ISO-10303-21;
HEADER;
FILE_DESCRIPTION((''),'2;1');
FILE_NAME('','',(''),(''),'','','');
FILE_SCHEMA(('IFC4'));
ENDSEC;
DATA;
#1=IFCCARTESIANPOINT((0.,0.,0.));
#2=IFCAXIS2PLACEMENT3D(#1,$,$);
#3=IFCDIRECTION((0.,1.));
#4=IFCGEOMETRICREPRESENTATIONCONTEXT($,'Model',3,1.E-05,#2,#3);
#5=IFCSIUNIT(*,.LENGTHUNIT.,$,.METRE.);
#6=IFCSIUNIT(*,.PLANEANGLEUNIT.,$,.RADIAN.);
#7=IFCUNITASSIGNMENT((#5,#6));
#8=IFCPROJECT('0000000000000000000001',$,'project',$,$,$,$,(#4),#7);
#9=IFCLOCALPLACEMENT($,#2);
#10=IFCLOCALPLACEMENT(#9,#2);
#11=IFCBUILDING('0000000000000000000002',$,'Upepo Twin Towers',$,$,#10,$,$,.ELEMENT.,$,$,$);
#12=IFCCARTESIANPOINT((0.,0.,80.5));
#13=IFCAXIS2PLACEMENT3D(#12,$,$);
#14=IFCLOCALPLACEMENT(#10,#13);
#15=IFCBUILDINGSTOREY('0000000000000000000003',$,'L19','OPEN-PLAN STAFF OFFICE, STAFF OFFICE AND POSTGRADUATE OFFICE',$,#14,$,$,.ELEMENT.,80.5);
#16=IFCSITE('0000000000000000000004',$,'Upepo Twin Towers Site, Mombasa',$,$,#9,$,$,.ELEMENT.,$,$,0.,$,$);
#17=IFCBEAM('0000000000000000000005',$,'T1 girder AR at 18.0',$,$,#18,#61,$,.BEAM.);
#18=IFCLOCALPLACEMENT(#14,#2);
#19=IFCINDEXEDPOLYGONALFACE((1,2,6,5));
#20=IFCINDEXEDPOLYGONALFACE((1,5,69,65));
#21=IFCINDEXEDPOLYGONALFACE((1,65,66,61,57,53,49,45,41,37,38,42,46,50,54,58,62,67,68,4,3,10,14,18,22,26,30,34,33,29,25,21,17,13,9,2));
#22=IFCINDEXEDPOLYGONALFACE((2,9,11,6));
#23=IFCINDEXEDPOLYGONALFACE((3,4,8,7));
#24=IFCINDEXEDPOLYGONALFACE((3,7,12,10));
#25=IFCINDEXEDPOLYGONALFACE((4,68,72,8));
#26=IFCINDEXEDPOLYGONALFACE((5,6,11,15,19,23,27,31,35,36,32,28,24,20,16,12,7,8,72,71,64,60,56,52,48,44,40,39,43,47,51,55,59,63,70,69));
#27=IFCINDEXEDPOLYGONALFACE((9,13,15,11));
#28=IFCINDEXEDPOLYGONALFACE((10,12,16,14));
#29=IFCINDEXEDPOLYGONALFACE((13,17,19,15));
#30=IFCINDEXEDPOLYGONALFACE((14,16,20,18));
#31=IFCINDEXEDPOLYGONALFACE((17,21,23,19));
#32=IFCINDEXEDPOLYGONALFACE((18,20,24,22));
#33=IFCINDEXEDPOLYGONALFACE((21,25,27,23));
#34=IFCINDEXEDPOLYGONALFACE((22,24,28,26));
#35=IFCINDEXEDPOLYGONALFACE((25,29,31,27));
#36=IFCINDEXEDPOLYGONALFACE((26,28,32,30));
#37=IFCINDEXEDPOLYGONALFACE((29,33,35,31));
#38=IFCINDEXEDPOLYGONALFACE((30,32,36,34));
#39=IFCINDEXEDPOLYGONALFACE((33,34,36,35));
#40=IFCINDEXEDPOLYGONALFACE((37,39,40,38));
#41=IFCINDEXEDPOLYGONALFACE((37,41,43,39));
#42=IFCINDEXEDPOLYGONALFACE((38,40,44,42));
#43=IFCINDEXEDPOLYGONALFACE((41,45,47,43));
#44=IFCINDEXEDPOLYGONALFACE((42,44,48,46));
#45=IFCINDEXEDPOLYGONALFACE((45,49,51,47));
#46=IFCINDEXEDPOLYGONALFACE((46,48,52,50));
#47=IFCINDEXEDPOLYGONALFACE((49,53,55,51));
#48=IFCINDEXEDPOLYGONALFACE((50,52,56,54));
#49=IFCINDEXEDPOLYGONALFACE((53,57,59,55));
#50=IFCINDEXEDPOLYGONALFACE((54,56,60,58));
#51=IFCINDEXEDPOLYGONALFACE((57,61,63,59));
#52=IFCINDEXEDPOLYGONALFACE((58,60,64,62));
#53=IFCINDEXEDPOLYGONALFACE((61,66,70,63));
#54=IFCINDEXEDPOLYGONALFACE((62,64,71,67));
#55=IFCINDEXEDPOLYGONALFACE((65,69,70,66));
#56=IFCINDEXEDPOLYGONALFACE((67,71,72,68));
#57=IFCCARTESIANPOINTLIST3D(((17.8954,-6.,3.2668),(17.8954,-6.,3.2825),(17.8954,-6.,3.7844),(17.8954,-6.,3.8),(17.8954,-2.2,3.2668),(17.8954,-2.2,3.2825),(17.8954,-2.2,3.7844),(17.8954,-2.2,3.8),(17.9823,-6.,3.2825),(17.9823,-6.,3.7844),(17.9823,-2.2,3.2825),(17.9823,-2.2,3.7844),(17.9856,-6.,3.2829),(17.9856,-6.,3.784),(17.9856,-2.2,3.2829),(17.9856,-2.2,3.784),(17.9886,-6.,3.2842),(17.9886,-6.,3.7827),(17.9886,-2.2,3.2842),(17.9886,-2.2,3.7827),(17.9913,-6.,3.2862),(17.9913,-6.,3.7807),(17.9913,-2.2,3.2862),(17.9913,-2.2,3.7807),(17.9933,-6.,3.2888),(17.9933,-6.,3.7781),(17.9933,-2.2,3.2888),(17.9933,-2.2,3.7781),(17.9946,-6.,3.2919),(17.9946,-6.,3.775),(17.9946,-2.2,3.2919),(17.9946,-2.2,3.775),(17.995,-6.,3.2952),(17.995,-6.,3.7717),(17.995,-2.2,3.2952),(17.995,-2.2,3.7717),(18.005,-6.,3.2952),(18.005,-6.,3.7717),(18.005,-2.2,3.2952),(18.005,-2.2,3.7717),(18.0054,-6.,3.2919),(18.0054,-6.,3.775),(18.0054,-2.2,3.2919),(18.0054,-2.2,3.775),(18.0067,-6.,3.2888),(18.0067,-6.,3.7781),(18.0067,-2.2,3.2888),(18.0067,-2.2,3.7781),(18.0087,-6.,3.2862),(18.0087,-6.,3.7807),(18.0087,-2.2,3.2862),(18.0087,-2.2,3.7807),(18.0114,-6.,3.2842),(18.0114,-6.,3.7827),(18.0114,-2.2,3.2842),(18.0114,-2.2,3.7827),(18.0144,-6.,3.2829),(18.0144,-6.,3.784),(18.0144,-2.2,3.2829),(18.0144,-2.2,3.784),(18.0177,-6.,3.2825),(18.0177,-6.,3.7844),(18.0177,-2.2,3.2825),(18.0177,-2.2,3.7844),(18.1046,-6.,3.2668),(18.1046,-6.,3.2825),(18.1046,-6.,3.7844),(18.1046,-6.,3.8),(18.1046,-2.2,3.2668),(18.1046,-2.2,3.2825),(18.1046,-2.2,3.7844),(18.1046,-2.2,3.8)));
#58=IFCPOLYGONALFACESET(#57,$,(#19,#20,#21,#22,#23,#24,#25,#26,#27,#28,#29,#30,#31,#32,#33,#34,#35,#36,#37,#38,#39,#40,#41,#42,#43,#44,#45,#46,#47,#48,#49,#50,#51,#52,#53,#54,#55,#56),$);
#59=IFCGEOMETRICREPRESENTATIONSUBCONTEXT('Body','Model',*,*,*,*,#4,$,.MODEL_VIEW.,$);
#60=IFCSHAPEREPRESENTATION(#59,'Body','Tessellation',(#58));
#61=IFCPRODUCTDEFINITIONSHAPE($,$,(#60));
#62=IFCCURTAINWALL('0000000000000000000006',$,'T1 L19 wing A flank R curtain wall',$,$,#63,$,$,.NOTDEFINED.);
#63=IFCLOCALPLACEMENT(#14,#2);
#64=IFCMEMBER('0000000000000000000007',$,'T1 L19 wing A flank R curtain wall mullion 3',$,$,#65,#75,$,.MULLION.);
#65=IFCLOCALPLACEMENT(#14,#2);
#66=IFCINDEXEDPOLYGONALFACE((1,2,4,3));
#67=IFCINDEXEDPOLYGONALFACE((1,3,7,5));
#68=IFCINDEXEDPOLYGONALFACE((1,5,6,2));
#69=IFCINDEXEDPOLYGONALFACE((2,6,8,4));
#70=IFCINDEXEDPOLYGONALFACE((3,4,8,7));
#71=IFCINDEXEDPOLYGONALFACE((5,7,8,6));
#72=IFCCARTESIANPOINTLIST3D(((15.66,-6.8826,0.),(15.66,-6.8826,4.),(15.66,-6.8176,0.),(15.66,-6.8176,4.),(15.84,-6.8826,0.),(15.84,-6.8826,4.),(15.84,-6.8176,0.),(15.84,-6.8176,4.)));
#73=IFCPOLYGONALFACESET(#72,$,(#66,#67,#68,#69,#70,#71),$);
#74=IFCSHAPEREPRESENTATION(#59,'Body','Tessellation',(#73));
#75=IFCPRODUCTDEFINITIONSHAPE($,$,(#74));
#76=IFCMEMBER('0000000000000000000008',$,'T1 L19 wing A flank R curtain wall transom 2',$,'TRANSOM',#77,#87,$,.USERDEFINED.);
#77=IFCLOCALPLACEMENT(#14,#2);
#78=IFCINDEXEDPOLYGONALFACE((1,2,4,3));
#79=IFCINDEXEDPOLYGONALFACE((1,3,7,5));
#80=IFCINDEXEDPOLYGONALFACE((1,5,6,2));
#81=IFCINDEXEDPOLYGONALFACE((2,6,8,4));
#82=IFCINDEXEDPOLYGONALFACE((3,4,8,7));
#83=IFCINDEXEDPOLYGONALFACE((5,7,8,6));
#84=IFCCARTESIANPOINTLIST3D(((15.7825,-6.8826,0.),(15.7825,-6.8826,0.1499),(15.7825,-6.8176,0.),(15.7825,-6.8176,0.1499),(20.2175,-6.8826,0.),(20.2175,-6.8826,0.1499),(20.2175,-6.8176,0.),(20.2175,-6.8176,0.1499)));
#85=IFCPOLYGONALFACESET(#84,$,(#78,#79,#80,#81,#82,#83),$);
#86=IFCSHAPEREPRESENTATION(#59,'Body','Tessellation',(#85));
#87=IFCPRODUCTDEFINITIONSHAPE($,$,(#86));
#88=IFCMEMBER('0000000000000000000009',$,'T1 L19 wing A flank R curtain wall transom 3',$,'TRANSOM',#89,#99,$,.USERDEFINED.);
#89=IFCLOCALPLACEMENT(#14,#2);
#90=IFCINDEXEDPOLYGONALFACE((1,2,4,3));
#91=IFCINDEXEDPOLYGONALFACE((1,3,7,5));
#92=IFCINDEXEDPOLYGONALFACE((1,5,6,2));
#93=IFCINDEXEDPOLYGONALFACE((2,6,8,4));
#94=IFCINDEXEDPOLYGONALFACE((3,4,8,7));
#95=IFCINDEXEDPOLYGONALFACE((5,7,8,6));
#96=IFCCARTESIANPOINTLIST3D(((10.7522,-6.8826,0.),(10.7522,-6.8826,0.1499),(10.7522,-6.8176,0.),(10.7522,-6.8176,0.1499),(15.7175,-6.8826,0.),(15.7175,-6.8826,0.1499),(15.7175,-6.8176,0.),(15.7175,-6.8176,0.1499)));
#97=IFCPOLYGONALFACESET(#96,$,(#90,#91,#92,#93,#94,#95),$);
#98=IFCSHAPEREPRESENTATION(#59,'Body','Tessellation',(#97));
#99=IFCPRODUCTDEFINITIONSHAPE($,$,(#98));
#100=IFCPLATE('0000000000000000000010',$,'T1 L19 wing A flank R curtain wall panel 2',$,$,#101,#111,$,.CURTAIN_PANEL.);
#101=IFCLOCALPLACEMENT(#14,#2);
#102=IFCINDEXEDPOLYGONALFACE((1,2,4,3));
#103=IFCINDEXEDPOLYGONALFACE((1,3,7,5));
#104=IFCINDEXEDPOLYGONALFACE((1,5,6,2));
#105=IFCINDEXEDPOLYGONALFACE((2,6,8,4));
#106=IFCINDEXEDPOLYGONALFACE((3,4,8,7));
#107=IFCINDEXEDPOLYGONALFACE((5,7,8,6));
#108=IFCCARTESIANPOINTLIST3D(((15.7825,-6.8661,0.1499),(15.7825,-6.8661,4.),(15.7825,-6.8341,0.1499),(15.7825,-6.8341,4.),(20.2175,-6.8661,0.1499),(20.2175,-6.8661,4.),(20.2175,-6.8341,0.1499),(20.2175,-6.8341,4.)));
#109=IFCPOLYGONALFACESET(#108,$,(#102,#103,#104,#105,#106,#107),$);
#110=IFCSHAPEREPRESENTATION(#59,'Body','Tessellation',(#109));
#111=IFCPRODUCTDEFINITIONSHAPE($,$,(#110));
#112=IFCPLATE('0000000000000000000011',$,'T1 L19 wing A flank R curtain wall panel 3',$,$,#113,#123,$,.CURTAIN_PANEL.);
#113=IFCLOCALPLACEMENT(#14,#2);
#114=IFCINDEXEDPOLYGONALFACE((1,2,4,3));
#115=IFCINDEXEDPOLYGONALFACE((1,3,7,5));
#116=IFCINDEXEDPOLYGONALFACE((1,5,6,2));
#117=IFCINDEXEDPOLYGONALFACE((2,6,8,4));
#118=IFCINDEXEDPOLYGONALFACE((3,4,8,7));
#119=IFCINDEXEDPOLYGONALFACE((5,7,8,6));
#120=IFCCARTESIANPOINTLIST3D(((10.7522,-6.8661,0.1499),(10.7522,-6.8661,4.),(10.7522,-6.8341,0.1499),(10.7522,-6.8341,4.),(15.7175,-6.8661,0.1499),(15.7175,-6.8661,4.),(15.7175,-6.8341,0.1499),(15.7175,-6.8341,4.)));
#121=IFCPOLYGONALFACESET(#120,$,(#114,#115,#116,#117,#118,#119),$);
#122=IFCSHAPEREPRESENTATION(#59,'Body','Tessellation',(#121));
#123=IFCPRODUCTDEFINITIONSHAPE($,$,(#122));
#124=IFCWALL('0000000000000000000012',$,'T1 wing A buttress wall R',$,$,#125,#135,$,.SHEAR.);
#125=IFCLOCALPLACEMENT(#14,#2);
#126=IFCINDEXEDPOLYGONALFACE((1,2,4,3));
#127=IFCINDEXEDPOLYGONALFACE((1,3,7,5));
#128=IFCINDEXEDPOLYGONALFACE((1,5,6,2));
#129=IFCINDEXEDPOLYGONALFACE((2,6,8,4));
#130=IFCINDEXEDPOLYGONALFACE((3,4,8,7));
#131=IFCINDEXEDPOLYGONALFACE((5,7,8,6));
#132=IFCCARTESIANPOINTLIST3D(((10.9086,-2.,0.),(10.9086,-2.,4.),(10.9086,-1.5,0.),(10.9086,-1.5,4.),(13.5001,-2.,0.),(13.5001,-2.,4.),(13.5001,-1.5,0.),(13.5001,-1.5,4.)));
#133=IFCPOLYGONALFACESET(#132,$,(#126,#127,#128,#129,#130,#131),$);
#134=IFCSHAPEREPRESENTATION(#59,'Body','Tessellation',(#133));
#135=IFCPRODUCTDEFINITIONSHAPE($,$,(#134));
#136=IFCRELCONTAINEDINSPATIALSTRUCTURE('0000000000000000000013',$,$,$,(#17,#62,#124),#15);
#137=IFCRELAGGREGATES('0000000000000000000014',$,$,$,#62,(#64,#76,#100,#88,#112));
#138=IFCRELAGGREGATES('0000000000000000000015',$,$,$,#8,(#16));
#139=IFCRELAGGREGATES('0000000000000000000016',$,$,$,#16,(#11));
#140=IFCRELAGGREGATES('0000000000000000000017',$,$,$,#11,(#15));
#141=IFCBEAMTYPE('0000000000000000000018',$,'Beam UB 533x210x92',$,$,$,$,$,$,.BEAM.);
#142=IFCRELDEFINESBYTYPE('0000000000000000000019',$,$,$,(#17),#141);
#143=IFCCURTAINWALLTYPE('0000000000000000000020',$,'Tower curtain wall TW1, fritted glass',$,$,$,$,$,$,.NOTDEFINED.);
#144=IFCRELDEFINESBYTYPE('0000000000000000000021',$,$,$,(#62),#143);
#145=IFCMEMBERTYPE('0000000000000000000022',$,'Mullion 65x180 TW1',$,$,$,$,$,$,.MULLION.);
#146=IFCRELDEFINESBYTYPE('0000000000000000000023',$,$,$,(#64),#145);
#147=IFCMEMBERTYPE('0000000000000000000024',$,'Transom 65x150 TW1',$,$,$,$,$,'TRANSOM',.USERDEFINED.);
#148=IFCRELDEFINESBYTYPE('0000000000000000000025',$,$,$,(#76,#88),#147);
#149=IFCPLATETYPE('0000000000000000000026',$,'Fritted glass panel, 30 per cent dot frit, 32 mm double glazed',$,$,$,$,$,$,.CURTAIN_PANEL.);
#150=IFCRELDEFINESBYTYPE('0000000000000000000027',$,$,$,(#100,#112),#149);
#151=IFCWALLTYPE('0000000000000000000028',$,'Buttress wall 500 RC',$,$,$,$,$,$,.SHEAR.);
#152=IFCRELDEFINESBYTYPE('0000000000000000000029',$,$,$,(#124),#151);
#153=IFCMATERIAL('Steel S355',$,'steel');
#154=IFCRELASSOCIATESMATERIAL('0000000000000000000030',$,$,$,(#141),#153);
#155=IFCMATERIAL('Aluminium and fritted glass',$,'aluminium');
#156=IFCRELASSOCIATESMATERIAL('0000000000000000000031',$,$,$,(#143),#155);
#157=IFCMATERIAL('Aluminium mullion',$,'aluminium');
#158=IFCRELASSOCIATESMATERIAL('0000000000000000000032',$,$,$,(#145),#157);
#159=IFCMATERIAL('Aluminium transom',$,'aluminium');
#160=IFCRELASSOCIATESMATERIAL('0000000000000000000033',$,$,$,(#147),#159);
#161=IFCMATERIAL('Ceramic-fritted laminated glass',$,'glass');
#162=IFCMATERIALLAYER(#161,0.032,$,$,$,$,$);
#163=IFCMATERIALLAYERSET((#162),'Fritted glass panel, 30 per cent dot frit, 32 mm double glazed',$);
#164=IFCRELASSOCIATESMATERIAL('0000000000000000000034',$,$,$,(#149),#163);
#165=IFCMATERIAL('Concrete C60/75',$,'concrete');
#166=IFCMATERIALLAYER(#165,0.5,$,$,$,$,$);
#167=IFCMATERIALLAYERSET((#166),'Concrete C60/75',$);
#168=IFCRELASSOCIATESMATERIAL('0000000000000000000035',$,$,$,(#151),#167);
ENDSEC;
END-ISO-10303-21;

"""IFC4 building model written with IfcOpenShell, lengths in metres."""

from ifc_helpers import new_model, si_unit, direction, frame, frame_2d, origin, origin_2d, place, context, subcontext, project, spatial, rectangle, i_section, extrude, material, layer, layer_set, material_profile, profile_set, type_object, element, aggregate, save


model = new_model("IFC4")

# Units and contexts
model_context = context("Model", 3, precision=1e-05, world=origin(), true_north=direction((0.0, 1.0)))
body_context = subcontext(model_context, "Body", "Model", "MODEL_VIEW")
ifc_project = project(units=[si_unit("LENGTHUNIT", "METRE"), si_unit("PLANEANGLEUNIT", "RADIAN")], contexts=[model_context])

# Site, building, storey
site_placement = place(None, origin())
site = spatial("IfcSite", under=ifc_project, at=site_placement, Name="Upepo Twin Towers Site, Mombasa", CompositionType="ELEMENT", RefElevation=0.0)
building_placement = place(site_placement, origin())
building = spatial("IfcBuilding", under=site, at=building_placement, Name="Upepo Twin Towers", CompositionType="ELEMENT")
storey_placement = place(building_placement, frame((0.0, 0.0, 80.5)))
storey = spatial("IfcBuildingStorey", under=building, at=storey_placement, Name="L19", Description="OPEN-PLAN STAFF OFFICE, STAFF OFFICE AND POSTGRADUATE OFFICE", CompositionType="ELEMENT", Elevation=80.5)

# Beam
ifc_material_1 = material(Name="Steel S355", Category="steel")
ifc_material_profile_1 = material_profile(ifc_material_1, i_section(OverallWidth=0.2092, OverallDepth=0.5332, WebThickness=0.01, FlangeThickness=0.0156, FilletRadius=0.0127, at=origin_2d()), Name="UB 533x210x92")
ifc_profile_set_1 = profile_set([ifc_material_profile_1], Name="Steel S355")
beam_type_1 = type_object("IfcBeamType", Name="Beam UB 533x210x92", PredefinedType="BEAM", material=ifc_profile_set_1)
for number, where, z_axis, x_axis, name in (
    (1, (18.0, -6.0, 3.5334), (0.0, 1.0, 0.0), (-1.0, 0.0, 0.0), "T1 girder AR at 18.0"),
):
    element("IfcBeam", number, at=place(storey_placement, frame(where, z_axis=z_axis, x_axis=x_axis)), inside=storey, type_object=beam_type_1, Name=name, PredefinedType="BEAM", context=body_context, shape_type="SweptSolid", body=[
        extrude(i_section(OverallWidth=0.2092, OverallDepth=0.5332, WebThickness=0.01, FlangeThickness=0.0156, FilletRadius=0.0127, at=origin_2d()), origin(), (0.0, 0.0, 1.0), 3.8),
    ])

# Curtain wall, members, plates
ifc_material_2 = material(Name="Aluminium and fritted glass", Category="aluminium")
curtain_wall_type = type_object("IfcCurtainWallType", Name="Tower curtain wall TW1, fritted glass", PredefinedType="NOTDEFINED", material=ifc_material_2)
curtain_wall_placement = place(storey_placement, origin())
curtain_wall = element("IfcCurtainWall", 2, at=curtain_wall_placement, inside=storey, type_object=curtain_wall_type, Name="T1 L19 wing A flank R curtain wall", PredefinedType="NOTDEFINED")
ifc_material_3 = material(Name="Aluminium mullion", Category="aluminium")
ifc_material_profile_2 = material_profile(ifc_material_3, rectangle(XDim=0.0649, YDim=0.1799, at=origin_2d()), Name="MULLION 65x180")
ifc_profile_set_2 = profile_set([ifc_material_profile_2], Name="Aluminium mullion")
member_type_1 = type_object("IfcMemberType", Name="Mullion 65x180 TW1", PredefinedType="MULLION", material=ifc_profile_set_2)
member_1_placement = place(storey_placement, frame((15.75, -6.8501, 0.0), z_axis=(0.0, 0.0, 1.0), x_axis=(0.0, -1.0, 0.0)))
member_1 = element("IfcMember", 3, at=member_1_placement, type_object=member_type_1, Name="T1 L19 wing A flank R curtain wall mullion 3", PredefinedType="MULLION", context=body_context, shape_type="SweptSolid", body=[
    extrude(rectangle(XDim=0.0649, YDim=0.1799, at=origin_2d()), origin(), (0.0, 0.0, 1.0), 4.0),
])
ifc_material_4 = material(Name="Aluminium transom", Category="aluminium")
ifc_material_profile_3 = material_profile(ifc_material_4, rectangle(XDim=0.0649, YDim=0.1499, at=origin_2d()), Name="TRANSOM 65x150")
ifc_profile_set_3 = profile_set([ifc_material_profile_3], Name="Aluminium transom")
member_type_2 = type_object("IfcMemberType", Name="Transom 65x150 TW1", ElementType="TRANSOM", PredefinedType="USERDEFINED", material=ifc_profile_set_3)
member_2_placement = place(storey_placement, frame((20.2175, -6.8501, 0.075), z_axis=(-1.0, 0.0, 0.0), x_axis=(0.0, -1.0, 0.0)))
member_2 = element("IfcMember", 4, at=member_2_placement, type_object=member_type_2, Name="T1 L19 wing A flank R curtain wall transom 2", ObjectType="TRANSOM", PredefinedType="USERDEFINED", context=body_context, shape_type="SweptSolid", body=[
    extrude(rectangle(XDim=0.0649, YDim=0.1499, at=origin_2d()), origin(), (0.0, 0.0, 1.0), 4.4351),
])
member_3_placement = place(storey_placement, frame((15.7175, -6.8501, 0.075), z_axis=(-1.0, 0.0, 0.0), x_axis=(0.0, -1.0, 0.0)))
member_3 = element("IfcMember", 5, at=member_3_placement, type_object=member_type_2, Name="T1 L19 wing A flank R curtain wall transom 3", ObjectType="TRANSOM", PredefinedType="USERDEFINED", context=body_context, shape_type="SweptSolid", body=[
    extrude(rectangle(XDim=0.0649, YDim=0.1499, at=origin_2d()), origin(), (0.0, 0.0, 1.0), 4.9653),
])
ifc_material_5 = material(Name="Ceramic-fritted laminated glass", Category="glass")
ifc_layer_1 = layer(ifc_material_5, 0.032)
ifc_layer_set_1 = layer_set([ifc_layer_1], Name="Fritted glass panel, 30 per cent dot frit, 32 mm double glazed")
plate_type = type_object("IfcPlateType", Name="Fritted glass panel, 30 per cent dot frit, 32 mm double glazed", PredefinedType="CURTAIN_PANEL", material=ifc_layer_set_1)
plate_1_placement = place(storey_placement, frame((18.0, -6.8501, 0.1499), z_axis=(0.0, 0.0, 1.0), x_axis=(-1.0, 0.0, 0.0)))
plate_1 = element("IfcPlate", 6, at=plate_1_placement, type_object=plate_type, Name="T1 L19 wing A flank R curtain wall panel 2", PredefinedType="CURTAIN_PANEL", context=body_context, shape_type="SweptSolid", body=[
    extrude(rectangle(XDim=4.4351, YDim=0.032, at=origin_2d()), origin(), (0.0, 0.0, 1.0), 3.8501),
])
plate_2_placement = place(storey_placement, frame((13.2349, -6.8501, 0.1499), z_axis=(0.0, 0.0, 1.0), x_axis=(-1.0, 0.0, 0.0)))
plate_2 = element("IfcPlate", 7, at=plate_2_placement, type_object=plate_type, Name="T1 L19 wing A flank R curtain wall panel 3", PredefinedType="CURTAIN_PANEL", context=body_context, shape_type="SweptSolid", body=[
    extrude(rectangle(XDim=4.9653, YDim=0.032, at=origin_2d()), origin(), (0.0, 0.0, 1.0), 3.8501),
])
aggregate(curtain_wall, [member_1, member_2, plate_1, member_3, plate_2])

# Wall
ifc_material_6 = material(Name="Concrete C60/75", Category="concrete")
ifc_layer_2 = layer(ifc_material_6, 0.5)
ifc_layer_set_2 = layer_set([ifc_layer_2], Name="Concrete C60/75")
wall_type_1 = type_object("IfcWallType", Name="Buttress wall 500 RC", PredefinedType="SHEAR", material=ifc_layer_set_2)
wall_1_placement = place(storey_placement, frame((10.9084, -1.75, 0.0), z_axis=(0.0, 0.0, 1.0), x_axis=(1.0, 0.0, 0.0)))
element("IfcWall", 8, at=wall_1_placement, inside=storey, type_object=wall_type_1, Name="T1 wing A buttress wall R", PredefinedType="SHEAR", context=body_context, shape_type="SweptSolid", body=[
    extrude(rectangle(XDim=2.5916, YDim=0.5, at=frame_2d((1.2959, 0.0))), origin(), (0.0, 0.0, 1.0), 4.0),
])

save(model, "model.ifc")
